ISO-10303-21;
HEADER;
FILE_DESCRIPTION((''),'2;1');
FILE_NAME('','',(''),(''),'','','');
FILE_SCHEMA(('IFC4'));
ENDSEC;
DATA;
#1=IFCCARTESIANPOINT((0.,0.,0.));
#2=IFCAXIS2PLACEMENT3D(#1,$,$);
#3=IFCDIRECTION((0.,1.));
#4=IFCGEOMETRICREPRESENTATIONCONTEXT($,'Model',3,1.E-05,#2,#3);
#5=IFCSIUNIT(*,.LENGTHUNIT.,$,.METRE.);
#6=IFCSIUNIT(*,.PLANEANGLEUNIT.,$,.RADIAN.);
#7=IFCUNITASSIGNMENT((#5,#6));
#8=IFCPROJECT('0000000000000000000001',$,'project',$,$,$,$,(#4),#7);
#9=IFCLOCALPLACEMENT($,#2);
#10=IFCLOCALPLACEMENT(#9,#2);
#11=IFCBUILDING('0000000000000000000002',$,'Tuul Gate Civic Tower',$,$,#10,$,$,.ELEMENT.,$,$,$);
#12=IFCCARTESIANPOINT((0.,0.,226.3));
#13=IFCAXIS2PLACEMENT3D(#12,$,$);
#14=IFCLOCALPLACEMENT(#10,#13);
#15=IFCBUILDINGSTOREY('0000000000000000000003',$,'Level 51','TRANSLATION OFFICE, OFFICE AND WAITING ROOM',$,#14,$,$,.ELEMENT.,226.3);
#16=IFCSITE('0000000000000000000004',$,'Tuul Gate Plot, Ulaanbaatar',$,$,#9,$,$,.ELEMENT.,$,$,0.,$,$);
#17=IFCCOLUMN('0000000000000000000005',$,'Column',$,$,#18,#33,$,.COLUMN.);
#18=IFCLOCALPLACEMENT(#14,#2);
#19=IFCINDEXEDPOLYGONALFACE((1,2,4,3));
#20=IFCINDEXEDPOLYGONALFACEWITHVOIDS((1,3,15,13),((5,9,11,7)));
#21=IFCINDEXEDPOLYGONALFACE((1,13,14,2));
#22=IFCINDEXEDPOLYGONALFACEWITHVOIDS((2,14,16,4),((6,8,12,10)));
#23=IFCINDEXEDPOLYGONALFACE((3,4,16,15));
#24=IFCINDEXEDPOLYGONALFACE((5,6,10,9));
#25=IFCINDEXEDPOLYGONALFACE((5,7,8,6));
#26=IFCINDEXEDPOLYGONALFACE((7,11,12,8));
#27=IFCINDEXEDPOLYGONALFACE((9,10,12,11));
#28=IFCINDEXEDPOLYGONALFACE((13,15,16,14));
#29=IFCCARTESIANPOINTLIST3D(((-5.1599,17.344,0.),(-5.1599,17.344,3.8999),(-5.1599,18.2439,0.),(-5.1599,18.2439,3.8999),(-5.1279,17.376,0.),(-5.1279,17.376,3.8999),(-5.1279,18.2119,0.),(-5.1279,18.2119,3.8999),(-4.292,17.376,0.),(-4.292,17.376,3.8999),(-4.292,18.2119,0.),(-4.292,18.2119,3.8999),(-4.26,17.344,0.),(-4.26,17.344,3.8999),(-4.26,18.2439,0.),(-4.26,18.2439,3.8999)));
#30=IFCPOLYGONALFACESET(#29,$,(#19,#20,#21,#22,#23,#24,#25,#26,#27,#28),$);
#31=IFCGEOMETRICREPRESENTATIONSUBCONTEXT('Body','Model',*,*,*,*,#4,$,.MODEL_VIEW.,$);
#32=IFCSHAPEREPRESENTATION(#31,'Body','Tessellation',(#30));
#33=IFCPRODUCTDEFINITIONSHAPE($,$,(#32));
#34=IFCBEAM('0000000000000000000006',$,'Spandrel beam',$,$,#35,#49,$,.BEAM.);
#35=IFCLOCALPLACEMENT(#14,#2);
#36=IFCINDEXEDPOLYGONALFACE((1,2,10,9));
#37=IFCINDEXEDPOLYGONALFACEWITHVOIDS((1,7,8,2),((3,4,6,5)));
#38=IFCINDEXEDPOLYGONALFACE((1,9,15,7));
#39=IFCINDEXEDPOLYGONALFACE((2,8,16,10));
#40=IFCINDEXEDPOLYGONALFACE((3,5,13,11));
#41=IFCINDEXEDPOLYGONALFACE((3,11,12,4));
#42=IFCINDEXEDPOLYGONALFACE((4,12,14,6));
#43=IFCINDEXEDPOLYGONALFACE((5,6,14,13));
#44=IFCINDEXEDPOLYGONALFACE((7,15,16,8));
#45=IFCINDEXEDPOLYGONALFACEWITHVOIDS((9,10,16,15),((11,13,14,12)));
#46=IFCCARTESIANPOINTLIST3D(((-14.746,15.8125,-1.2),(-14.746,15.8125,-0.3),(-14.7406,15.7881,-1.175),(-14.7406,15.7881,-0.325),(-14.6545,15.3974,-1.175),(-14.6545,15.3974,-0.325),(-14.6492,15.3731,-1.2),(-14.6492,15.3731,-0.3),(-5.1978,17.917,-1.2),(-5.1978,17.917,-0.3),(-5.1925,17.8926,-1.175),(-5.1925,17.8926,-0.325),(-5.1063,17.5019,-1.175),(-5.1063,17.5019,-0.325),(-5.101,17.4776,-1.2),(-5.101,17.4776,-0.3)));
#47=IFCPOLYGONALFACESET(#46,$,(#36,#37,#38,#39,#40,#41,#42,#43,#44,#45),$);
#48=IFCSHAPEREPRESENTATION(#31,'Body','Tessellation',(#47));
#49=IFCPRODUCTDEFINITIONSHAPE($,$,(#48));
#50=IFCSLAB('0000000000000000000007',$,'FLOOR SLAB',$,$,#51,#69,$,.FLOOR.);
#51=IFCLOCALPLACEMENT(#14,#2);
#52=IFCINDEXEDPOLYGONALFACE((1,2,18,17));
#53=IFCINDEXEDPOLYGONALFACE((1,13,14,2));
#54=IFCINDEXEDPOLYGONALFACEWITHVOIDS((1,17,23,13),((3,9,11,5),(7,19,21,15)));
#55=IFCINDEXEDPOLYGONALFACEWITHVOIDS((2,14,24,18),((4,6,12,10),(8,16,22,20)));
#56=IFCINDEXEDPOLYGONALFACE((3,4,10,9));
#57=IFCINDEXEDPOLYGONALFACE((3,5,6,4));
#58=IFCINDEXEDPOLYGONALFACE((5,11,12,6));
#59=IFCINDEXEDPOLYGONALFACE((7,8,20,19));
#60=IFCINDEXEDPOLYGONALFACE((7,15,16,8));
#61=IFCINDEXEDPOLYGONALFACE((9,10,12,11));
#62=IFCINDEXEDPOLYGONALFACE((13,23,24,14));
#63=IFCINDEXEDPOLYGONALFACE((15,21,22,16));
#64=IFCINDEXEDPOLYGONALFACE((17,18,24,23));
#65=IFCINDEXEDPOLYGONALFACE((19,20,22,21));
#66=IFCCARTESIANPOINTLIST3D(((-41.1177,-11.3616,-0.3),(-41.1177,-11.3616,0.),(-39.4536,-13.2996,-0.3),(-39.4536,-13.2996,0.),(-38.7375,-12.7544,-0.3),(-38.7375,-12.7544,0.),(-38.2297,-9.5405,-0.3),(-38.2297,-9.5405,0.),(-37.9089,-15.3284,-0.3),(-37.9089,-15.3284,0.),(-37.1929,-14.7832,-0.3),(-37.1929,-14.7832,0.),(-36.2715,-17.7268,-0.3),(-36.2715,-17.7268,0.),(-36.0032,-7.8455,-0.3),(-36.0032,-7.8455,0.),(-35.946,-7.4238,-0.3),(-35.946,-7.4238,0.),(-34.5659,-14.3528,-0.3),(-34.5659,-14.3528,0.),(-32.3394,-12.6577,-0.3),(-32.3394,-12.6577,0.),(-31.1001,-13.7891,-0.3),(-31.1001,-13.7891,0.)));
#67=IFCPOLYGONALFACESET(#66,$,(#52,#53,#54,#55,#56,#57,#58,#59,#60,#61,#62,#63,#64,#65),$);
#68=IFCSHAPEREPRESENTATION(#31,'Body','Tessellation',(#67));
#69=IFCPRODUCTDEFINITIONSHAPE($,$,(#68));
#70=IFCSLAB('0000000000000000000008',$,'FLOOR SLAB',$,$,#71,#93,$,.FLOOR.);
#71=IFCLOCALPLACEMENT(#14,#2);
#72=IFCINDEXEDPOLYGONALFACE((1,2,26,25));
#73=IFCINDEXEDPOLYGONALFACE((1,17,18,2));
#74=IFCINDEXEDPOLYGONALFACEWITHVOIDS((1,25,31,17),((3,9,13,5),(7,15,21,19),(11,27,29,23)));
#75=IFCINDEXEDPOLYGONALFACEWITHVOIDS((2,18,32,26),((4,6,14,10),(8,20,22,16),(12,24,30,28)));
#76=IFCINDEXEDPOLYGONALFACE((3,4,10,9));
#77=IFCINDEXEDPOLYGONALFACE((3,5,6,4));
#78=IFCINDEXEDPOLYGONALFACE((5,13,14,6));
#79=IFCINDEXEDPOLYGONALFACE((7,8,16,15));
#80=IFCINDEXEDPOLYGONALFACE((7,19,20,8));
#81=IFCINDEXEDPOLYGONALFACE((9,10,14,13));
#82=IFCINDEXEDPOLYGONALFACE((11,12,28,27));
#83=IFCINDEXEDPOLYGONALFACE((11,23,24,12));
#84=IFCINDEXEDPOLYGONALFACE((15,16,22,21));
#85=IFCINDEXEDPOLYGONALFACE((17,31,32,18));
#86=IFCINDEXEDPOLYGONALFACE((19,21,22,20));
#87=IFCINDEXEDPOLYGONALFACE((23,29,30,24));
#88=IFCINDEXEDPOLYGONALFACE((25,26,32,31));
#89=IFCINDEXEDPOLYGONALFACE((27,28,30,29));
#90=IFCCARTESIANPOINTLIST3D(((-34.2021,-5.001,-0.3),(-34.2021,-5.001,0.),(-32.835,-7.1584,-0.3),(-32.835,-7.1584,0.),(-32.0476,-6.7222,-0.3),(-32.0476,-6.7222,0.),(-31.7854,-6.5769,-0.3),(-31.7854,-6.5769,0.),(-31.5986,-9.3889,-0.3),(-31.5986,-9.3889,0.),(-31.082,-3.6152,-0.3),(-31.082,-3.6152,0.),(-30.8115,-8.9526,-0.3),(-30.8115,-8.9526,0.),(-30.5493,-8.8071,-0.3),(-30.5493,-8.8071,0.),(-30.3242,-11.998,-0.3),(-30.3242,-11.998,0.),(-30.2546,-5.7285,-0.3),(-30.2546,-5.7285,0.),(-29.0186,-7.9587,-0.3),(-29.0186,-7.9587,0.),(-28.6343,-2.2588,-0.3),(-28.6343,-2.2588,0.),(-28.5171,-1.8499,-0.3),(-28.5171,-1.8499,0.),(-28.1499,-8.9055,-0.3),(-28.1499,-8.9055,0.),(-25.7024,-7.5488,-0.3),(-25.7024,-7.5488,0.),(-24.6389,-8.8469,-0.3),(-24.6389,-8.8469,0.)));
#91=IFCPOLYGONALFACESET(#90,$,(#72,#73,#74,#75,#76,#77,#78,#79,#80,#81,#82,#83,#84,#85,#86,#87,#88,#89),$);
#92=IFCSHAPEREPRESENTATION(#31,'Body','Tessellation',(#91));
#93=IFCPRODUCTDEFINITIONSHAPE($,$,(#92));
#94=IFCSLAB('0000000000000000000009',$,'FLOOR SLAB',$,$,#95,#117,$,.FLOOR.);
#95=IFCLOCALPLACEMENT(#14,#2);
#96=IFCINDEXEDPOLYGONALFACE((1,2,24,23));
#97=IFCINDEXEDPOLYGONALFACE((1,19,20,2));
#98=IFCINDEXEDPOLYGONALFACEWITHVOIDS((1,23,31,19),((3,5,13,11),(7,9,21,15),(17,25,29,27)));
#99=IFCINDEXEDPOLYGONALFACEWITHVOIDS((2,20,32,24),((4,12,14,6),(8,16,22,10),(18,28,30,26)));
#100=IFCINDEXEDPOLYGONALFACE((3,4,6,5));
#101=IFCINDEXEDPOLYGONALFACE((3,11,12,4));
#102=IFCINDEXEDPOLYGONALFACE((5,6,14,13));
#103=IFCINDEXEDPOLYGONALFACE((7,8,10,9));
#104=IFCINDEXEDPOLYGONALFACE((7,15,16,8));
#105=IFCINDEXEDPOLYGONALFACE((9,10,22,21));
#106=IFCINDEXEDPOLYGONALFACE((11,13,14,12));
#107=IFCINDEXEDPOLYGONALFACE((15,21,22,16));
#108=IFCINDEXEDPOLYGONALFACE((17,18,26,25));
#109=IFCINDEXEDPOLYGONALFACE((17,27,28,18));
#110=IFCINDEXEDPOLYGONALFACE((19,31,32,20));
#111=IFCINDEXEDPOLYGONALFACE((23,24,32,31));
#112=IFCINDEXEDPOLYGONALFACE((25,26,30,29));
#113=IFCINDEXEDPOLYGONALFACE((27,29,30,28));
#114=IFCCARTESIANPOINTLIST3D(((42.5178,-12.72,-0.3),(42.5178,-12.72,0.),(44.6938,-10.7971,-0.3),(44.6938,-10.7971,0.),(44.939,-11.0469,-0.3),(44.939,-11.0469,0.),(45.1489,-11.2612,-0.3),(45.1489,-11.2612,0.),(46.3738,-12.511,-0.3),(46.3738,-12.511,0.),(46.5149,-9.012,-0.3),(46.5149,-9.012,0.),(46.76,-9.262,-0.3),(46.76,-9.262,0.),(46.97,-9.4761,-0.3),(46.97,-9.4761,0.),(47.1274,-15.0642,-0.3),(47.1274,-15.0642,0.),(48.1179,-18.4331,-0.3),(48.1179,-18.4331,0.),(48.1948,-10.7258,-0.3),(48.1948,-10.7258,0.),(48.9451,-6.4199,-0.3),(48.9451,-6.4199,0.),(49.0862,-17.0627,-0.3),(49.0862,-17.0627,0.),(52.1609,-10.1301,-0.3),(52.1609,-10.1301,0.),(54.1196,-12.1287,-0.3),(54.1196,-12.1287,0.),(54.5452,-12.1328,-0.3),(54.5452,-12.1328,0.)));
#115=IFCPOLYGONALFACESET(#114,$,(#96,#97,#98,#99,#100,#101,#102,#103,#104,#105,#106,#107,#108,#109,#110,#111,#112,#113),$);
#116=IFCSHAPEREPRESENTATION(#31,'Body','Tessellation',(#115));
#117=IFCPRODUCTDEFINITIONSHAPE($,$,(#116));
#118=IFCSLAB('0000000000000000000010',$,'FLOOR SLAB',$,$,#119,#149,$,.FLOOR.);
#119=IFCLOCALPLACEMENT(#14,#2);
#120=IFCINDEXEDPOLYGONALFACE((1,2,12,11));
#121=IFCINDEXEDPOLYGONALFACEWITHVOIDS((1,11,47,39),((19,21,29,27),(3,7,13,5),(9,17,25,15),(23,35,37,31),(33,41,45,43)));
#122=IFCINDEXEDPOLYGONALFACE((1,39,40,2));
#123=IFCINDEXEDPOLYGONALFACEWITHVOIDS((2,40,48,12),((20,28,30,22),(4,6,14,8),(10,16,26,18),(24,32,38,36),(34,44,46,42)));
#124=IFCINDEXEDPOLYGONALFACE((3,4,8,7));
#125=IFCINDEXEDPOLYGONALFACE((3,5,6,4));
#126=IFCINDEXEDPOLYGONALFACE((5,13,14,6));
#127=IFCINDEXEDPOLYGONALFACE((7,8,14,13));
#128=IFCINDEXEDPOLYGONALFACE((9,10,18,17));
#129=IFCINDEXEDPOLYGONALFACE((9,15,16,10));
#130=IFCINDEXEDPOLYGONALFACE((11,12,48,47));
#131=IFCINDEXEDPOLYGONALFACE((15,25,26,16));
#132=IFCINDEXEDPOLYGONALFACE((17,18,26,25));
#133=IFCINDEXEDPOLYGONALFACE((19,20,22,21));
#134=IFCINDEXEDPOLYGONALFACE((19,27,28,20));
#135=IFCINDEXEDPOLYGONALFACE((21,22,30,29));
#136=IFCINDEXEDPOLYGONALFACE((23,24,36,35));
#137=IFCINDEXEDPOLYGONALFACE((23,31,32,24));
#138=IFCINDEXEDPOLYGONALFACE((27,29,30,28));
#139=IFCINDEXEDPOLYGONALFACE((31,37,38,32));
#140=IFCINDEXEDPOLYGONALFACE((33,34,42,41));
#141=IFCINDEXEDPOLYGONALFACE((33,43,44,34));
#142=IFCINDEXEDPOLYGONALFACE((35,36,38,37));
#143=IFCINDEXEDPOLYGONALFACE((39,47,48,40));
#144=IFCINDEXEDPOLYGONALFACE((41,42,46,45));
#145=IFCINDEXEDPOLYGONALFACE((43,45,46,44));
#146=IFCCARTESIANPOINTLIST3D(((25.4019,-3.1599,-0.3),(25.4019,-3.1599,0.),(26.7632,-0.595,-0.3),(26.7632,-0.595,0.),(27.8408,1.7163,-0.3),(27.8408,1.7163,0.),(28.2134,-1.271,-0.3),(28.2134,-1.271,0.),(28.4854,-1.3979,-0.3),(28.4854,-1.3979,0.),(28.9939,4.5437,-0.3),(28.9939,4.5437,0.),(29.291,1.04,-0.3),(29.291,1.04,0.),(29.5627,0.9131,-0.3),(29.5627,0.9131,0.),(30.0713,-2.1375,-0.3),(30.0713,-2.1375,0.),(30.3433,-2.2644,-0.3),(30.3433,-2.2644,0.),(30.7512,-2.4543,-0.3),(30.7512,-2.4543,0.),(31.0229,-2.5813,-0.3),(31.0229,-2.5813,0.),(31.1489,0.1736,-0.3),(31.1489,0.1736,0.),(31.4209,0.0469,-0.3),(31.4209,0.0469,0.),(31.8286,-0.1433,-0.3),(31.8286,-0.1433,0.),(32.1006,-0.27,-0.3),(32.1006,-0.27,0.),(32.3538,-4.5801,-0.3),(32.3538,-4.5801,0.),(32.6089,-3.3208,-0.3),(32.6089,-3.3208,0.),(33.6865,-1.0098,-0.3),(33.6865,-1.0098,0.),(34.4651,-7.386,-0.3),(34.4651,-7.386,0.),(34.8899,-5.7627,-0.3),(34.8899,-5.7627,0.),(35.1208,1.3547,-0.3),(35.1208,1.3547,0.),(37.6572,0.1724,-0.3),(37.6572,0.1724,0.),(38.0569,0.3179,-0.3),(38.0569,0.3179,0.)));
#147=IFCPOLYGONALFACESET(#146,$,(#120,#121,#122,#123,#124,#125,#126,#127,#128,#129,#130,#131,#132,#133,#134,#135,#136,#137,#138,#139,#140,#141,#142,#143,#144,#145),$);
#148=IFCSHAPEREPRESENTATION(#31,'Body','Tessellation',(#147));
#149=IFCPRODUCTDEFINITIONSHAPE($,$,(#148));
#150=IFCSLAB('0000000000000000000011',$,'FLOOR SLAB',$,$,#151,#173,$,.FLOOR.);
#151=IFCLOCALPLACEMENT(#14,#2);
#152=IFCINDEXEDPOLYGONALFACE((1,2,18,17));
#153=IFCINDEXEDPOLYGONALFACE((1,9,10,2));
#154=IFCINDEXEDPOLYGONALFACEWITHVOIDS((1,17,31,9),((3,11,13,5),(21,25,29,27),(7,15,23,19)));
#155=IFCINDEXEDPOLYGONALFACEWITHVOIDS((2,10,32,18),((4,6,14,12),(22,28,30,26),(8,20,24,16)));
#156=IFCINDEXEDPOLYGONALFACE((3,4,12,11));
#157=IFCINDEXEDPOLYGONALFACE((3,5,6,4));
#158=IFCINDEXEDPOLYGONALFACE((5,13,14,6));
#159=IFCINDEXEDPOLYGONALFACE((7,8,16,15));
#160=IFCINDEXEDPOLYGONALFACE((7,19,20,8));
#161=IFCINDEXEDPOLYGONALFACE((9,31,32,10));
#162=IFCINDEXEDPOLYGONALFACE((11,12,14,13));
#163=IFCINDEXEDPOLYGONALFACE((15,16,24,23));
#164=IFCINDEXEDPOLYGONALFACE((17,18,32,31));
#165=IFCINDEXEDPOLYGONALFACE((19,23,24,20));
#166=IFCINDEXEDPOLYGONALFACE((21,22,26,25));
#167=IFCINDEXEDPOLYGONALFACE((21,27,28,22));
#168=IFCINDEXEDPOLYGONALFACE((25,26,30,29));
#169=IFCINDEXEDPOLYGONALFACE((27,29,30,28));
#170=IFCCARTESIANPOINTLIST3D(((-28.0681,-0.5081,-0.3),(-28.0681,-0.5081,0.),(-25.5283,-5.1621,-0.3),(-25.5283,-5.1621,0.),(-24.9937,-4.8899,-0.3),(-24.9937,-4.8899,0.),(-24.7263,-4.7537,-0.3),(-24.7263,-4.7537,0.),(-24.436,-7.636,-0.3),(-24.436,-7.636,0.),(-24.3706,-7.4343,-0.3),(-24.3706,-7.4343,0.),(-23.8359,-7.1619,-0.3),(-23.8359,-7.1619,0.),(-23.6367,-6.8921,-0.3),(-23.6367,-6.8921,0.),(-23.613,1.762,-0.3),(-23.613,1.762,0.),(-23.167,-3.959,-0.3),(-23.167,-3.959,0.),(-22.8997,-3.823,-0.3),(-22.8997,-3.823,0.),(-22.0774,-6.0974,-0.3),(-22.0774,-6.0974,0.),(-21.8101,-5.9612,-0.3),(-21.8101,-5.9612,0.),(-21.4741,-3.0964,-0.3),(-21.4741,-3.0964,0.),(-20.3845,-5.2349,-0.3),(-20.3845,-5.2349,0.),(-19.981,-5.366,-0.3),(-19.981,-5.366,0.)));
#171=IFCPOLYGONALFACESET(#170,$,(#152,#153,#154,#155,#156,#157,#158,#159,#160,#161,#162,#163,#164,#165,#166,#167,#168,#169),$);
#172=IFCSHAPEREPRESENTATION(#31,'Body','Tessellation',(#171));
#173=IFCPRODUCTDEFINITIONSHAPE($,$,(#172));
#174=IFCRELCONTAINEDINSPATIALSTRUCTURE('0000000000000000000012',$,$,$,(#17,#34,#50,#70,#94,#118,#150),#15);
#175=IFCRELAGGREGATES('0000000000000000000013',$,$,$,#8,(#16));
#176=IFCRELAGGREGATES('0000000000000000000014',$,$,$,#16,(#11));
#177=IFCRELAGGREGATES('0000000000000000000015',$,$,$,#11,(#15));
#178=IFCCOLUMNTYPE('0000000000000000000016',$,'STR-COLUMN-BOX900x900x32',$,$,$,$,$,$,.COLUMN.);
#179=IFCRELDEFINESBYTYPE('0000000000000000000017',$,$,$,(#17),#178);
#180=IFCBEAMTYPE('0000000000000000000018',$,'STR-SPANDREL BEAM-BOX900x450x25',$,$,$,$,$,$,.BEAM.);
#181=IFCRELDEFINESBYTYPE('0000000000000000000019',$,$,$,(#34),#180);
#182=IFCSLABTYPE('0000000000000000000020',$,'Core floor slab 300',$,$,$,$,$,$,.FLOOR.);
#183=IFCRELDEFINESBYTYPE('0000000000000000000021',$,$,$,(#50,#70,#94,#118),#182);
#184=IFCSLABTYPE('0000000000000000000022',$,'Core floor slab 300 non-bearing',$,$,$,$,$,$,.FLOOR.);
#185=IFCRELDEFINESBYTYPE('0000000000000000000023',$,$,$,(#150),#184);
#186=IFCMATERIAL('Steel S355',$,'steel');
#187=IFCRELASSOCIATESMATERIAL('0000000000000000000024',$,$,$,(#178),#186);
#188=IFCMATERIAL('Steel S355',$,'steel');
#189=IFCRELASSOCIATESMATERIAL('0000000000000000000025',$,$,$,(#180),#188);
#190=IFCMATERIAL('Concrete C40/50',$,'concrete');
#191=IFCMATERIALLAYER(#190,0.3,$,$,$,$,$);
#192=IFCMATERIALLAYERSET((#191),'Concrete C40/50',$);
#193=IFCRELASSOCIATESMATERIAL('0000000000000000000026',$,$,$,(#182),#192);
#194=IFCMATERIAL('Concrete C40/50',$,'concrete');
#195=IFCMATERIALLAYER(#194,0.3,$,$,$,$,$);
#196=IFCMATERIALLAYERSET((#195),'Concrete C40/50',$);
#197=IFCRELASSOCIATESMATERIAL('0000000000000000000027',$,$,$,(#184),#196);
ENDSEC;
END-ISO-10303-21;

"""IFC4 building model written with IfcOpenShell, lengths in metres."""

from ifc_helpers import new_model, si_unit, direction, frame, origin, origin_2d, place, context, subcontext, project, spatial, polyline, hollow_rectangle, outline, extrude, material, layer, layer_set, material_profile, profile_set, type_object, element, save


model = new_model("IFC4")

# Units and contexts
model_context = context("Model", 3, precision=1e-05, world=origin(), true_north=direction((0.0, 1.0)))
body_context = subcontext(model_context, "Body", "Model", "MODEL_VIEW")
ifc_project = project(units=[si_unit("LENGTHUNIT", "METRE"), si_unit("PLANEANGLEUNIT", "RADIAN")], contexts=[model_context])

# Site, building, storey
site_placement = place(None, origin())
site = spatial("IfcSite", under=ifc_project, at=site_placement, Name="Tuul Gate Plot, Ulaanbaatar", CompositionType="ELEMENT", RefElevation=0.0)
building_placement = place(site_placement, origin())
building = spatial("IfcBuilding", under=site, at=building_placement, Name="Tuul Gate Civic Tower", CompositionType="ELEMENT")
storey_placement = place(building_placement, frame((0.0, 0.0, 226.3)))
storey = spatial("IfcBuildingStorey", under=building, at=storey_placement, Name="Level 51", Description="TRANSLATION OFFICE, OFFICE AND WAITING ROOM", CompositionType="ELEMENT", Elevation=226.3)

# Column
ifc_material_1 = material(Name="Steel S355", Category="steel")
ifc_material_profile_1 = material_profile(ifc_material_1, hollow_rectangle(XDim=0.8999, YDim=0.8999, WallThickness=0.032, at=origin_2d()), Name="BOX900x900x32")
ifc_profile_set_1 = profile_set([ifc_material_profile_1], Name="Steel S355")
column_type = type_object("IfcColumnType", Name="STR-COLUMN-BOX900x900x32", PredefinedType="COLUMN", material=ifc_profile_set_1)
column_placement = place(storey_placement, frame((-4.71, 17.7939, 0.0), z_axis=(0.0, 0.0, 1.0), x_axis=(1.0, 0.0, 0.0)))
element("IfcColumn", 1, at=column_placement, inside=storey, type_object=column_type, Name="Column", PredefinedType="COLUMN", context=body_context, shape_type="SweptSolid", body=[
    extrude(hollow_rectangle(XDim=0.8999, YDim=0.8999, WallThickness=0.032, at=origin_2d()), origin(), (0.0, 0.0, 1.0), 3.8999),
])

# Beam
ifc_material_2 = material(Name="Steel S355", Category="steel")
ifc_material_profile_2 = material_profile(ifc_material_2, hollow_rectangle(XDim=0.45, YDim=0.8999, WallThickness=0.0249, at=origin_2d()), Name="BOX900x450x25")
ifc_profile_set_2 = profile_set([ifc_material_profile_2], Name="Steel S355")
beam_type = type_object("IfcBeamType", Name="STR-SPANDREL BEAM-BOX900x450x25", PredefinedType="BEAM", material=ifc_profile_set_2)
beam_placement = place(storey_placement, frame((-5.1494, 17.6973, -0.75), z_axis=(-0.97656, -0.215243, 0.0), x_axis=(0.215243, -0.97656, 0.0)))
element("IfcBeam", 2, at=beam_placement, inside=storey, type_object=beam_type, Name="Spandrel beam", PredefinedType="BEAM", context=body_context, shape_type="SweptSolid", body=[
    extrude(hollow_rectangle(XDim=0.45, YDim=0.8999, WallThickness=0.0249, at=origin_2d()), origin(), (0.0, 0.0, 1.0), 9.7773),
])

# Slabs
ifc_material_3 = material(Name="Concrete C40/50", Category="concrete")
ifc_layer_1 = layer(ifc_material_3, 0.3)
ifc_layer_set_1 = layer_set([ifc_layer_1], Name="Concrete C40/50")
slab_type_1 = type_object("IfcSlabType", Name="Core floor slab 300", PredefinedType="FLOOR", material=ifc_layer_set_1)
slab_1_placement = place(storey_placement, frame((0.0, 0.0, -0.3)))
element("IfcSlab", 3, at=slab_1_placement, inside=storey, type_object=slab_type_1, Name="FLOOR SLAB", PredefinedType="FLOOR", context=body_context, shape_type="SweptSolid", body=[
    extrude(outline(polyline([(-31.1001, -13.7891), (-35.946, -7.4238), (-41.1177, -11.3616), (-36.2715, -17.7268), (-31.1001, -13.7891)]), holes=[polyline([(-37.1929, -14.7832), (-38.7375, -12.7544), (-39.4536, -13.2996), (-37.9089, -15.3284), (-37.1929, -14.7832)]), polyline([(-32.3394, -12.6577), (-34.5659, -14.3528), (-38.2297, -9.5405), (-36.0032, -7.8455), (-32.3394, -12.6577)])]), origin(), (0.0, 0.0, 1.0), 0.3),
])
slab_2_placement = place(storey_placement, frame((0.0, 0.0, -0.3)))
element("IfcSlab", 4, at=slab_2_placement, inside=storey, type_object=slab_type_1, Name="FLOOR SLAB", PredefinedType="FLOOR", context=body_context, shape_type="SweptSolid", body=[
    extrude(outline(polyline([(-24.6389, -8.8469), (-28.5171, -1.8499), (-34.2021, -5.001), (-30.3242, -11.998), (-24.6389, -8.8469)]), holes=[polyline([(-29.0186, -7.9587), (-30.2546, -5.7285), (-31.7854, -6.5769), (-30.5493, -8.8071), (-29.0186, -7.9587)]), polyline([(-30.8115, -8.9526), (-32.0476, -6.7222), (-32.835, -7.1584), (-31.5986, -9.3889), (-30.8115, -8.9526)]), polyline([(-25.7024, -7.5488), (-28.1499, -8.9055), (-31.082, -3.6152), (-28.6343, -2.2588), (-25.7024, -7.5488)])]), origin(), (0.0, 0.0, 1.0), 0.3),
])
slab_3_placement = place(storey_placement, frame((0.0, 0.0, -0.3)))
element("IfcSlab", 5, at=slab_3_placement, inside=storey, type_object=slab_type_1, Name="FLOOR SLAB", PredefinedType="FLOOR", context=body_context, shape_type="SweptSolid", body=[
    extrude(outline(polyline([(48.1179, -18.4331), (54.5452, -12.1328), (48.9451, -6.4199), (42.5178, -12.72), (48.1179, -18.4331)]), holes=[polyline([(46.3738, -12.511), (48.1948, -10.7258), (46.97, -9.4761), (45.1489, -11.2612), (46.3738, -12.511)]), polyline([(44.939, -11.0469), (46.76, -9.262), (46.5149, -9.012), (44.6938, -10.7971), (44.939, -11.0469)]), polyline([(49.0862, -17.0627), (47.1274, -15.0642), (52.1609, -10.1301), (54.1196, -12.1287), (49.0862, -17.0627)])]), origin(), (0.0, 0.0, 1.0), 0.3),
])
slab_4_placement = place(storey_placement, frame((0.0, 0.0, -0.3)))
element("IfcSlab", 6, at=slab_4_placement, inside=storey, type_object=slab_type_1, Name="FLOOR SLAB", PredefinedType="FLOOR", context=body_context, shape_type="SweptSolid", body=[
    extrude(outline(polyline([(34.4651, -7.386), (38.0569, 0.3179), (28.9939, 4.5437), (25.4019, -3.1599), (34.4651, -7.386)]), holes=[polyline([(32.6089, -3.3208), (33.6865, -1.0098), (32.1006, -0.27), (31.0229, -2.5813), (32.6089, -3.3208)]), polyline([(30.0713, -2.1375), (31.1489, 0.1736), (29.5627, 0.9131), (28.4854, -1.3979), (30.0713, -2.1375)]), polyline([(30.7512, -2.4543), (31.8286, -0.1433), (31.4209, 0.0469), (30.3433, -2.2644), (30.7512, -2.4543)]), polyline([(28.2134, -1.271), (29.291, 1.04), (27.8408, 1.7163), (26.7632, -0.595), (28.2134, -1.271)]), polyline([(34.8899, -5.7627), (32.3538, -4.5801), (35.1208, 1.3547), (37.6572, 0.1724), (34.8899, -5.7627)])]), origin(), (0.0, 0.0, 1.0), 0.3),
])
ifc_material_4 = material(Name="Concrete C40/50", Category="concrete")
ifc_layer_2 = layer(ifc_material_4, 0.3)
ifc_layer_set_2 = layer_set([ifc_layer_2], Name="Concrete C40/50")
slab_type_2 = type_object("IfcSlabType", Name="Core floor slab 300 non-bearing", PredefinedType="FLOOR", material=ifc_layer_set_2)
slab_5_placement = place(storey_placement, frame((0.0, 0.0, -0.3)))
element("IfcSlab", 7, at=slab_5_placement, inside=storey, type_object=slab_type_2, Name="FLOOR SLAB", PredefinedType="FLOOR", context=body_context, shape_type="SweptSolid", body=[
    extrude(outline(polyline([(-19.981, -5.366), (-23.613, 1.762), (-28.0681, -0.5081), (-24.436, -7.636), (-19.981, -5.366)]), holes=[polyline([(-20.3845, -5.2349), (-21.4741, -3.0964), (-22.8997, -3.823), (-21.8101, -5.9612), (-20.3845, -5.2349)]), polyline([(-22.0774, -6.0974), (-23.167, -3.959), (-24.7263, -4.7537), (-23.6367, -6.8921), (-22.0774, -6.0974)]), polyline([(-23.8359, -7.1619), (-24.9937, -4.8899), (-25.5283, -5.1621), (-24.3706, -7.4343), (-23.8359, -7.1619)])]), origin(), (0.0, 0.0, 1.0), 0.3),
])

save(model, "model.ifc")
